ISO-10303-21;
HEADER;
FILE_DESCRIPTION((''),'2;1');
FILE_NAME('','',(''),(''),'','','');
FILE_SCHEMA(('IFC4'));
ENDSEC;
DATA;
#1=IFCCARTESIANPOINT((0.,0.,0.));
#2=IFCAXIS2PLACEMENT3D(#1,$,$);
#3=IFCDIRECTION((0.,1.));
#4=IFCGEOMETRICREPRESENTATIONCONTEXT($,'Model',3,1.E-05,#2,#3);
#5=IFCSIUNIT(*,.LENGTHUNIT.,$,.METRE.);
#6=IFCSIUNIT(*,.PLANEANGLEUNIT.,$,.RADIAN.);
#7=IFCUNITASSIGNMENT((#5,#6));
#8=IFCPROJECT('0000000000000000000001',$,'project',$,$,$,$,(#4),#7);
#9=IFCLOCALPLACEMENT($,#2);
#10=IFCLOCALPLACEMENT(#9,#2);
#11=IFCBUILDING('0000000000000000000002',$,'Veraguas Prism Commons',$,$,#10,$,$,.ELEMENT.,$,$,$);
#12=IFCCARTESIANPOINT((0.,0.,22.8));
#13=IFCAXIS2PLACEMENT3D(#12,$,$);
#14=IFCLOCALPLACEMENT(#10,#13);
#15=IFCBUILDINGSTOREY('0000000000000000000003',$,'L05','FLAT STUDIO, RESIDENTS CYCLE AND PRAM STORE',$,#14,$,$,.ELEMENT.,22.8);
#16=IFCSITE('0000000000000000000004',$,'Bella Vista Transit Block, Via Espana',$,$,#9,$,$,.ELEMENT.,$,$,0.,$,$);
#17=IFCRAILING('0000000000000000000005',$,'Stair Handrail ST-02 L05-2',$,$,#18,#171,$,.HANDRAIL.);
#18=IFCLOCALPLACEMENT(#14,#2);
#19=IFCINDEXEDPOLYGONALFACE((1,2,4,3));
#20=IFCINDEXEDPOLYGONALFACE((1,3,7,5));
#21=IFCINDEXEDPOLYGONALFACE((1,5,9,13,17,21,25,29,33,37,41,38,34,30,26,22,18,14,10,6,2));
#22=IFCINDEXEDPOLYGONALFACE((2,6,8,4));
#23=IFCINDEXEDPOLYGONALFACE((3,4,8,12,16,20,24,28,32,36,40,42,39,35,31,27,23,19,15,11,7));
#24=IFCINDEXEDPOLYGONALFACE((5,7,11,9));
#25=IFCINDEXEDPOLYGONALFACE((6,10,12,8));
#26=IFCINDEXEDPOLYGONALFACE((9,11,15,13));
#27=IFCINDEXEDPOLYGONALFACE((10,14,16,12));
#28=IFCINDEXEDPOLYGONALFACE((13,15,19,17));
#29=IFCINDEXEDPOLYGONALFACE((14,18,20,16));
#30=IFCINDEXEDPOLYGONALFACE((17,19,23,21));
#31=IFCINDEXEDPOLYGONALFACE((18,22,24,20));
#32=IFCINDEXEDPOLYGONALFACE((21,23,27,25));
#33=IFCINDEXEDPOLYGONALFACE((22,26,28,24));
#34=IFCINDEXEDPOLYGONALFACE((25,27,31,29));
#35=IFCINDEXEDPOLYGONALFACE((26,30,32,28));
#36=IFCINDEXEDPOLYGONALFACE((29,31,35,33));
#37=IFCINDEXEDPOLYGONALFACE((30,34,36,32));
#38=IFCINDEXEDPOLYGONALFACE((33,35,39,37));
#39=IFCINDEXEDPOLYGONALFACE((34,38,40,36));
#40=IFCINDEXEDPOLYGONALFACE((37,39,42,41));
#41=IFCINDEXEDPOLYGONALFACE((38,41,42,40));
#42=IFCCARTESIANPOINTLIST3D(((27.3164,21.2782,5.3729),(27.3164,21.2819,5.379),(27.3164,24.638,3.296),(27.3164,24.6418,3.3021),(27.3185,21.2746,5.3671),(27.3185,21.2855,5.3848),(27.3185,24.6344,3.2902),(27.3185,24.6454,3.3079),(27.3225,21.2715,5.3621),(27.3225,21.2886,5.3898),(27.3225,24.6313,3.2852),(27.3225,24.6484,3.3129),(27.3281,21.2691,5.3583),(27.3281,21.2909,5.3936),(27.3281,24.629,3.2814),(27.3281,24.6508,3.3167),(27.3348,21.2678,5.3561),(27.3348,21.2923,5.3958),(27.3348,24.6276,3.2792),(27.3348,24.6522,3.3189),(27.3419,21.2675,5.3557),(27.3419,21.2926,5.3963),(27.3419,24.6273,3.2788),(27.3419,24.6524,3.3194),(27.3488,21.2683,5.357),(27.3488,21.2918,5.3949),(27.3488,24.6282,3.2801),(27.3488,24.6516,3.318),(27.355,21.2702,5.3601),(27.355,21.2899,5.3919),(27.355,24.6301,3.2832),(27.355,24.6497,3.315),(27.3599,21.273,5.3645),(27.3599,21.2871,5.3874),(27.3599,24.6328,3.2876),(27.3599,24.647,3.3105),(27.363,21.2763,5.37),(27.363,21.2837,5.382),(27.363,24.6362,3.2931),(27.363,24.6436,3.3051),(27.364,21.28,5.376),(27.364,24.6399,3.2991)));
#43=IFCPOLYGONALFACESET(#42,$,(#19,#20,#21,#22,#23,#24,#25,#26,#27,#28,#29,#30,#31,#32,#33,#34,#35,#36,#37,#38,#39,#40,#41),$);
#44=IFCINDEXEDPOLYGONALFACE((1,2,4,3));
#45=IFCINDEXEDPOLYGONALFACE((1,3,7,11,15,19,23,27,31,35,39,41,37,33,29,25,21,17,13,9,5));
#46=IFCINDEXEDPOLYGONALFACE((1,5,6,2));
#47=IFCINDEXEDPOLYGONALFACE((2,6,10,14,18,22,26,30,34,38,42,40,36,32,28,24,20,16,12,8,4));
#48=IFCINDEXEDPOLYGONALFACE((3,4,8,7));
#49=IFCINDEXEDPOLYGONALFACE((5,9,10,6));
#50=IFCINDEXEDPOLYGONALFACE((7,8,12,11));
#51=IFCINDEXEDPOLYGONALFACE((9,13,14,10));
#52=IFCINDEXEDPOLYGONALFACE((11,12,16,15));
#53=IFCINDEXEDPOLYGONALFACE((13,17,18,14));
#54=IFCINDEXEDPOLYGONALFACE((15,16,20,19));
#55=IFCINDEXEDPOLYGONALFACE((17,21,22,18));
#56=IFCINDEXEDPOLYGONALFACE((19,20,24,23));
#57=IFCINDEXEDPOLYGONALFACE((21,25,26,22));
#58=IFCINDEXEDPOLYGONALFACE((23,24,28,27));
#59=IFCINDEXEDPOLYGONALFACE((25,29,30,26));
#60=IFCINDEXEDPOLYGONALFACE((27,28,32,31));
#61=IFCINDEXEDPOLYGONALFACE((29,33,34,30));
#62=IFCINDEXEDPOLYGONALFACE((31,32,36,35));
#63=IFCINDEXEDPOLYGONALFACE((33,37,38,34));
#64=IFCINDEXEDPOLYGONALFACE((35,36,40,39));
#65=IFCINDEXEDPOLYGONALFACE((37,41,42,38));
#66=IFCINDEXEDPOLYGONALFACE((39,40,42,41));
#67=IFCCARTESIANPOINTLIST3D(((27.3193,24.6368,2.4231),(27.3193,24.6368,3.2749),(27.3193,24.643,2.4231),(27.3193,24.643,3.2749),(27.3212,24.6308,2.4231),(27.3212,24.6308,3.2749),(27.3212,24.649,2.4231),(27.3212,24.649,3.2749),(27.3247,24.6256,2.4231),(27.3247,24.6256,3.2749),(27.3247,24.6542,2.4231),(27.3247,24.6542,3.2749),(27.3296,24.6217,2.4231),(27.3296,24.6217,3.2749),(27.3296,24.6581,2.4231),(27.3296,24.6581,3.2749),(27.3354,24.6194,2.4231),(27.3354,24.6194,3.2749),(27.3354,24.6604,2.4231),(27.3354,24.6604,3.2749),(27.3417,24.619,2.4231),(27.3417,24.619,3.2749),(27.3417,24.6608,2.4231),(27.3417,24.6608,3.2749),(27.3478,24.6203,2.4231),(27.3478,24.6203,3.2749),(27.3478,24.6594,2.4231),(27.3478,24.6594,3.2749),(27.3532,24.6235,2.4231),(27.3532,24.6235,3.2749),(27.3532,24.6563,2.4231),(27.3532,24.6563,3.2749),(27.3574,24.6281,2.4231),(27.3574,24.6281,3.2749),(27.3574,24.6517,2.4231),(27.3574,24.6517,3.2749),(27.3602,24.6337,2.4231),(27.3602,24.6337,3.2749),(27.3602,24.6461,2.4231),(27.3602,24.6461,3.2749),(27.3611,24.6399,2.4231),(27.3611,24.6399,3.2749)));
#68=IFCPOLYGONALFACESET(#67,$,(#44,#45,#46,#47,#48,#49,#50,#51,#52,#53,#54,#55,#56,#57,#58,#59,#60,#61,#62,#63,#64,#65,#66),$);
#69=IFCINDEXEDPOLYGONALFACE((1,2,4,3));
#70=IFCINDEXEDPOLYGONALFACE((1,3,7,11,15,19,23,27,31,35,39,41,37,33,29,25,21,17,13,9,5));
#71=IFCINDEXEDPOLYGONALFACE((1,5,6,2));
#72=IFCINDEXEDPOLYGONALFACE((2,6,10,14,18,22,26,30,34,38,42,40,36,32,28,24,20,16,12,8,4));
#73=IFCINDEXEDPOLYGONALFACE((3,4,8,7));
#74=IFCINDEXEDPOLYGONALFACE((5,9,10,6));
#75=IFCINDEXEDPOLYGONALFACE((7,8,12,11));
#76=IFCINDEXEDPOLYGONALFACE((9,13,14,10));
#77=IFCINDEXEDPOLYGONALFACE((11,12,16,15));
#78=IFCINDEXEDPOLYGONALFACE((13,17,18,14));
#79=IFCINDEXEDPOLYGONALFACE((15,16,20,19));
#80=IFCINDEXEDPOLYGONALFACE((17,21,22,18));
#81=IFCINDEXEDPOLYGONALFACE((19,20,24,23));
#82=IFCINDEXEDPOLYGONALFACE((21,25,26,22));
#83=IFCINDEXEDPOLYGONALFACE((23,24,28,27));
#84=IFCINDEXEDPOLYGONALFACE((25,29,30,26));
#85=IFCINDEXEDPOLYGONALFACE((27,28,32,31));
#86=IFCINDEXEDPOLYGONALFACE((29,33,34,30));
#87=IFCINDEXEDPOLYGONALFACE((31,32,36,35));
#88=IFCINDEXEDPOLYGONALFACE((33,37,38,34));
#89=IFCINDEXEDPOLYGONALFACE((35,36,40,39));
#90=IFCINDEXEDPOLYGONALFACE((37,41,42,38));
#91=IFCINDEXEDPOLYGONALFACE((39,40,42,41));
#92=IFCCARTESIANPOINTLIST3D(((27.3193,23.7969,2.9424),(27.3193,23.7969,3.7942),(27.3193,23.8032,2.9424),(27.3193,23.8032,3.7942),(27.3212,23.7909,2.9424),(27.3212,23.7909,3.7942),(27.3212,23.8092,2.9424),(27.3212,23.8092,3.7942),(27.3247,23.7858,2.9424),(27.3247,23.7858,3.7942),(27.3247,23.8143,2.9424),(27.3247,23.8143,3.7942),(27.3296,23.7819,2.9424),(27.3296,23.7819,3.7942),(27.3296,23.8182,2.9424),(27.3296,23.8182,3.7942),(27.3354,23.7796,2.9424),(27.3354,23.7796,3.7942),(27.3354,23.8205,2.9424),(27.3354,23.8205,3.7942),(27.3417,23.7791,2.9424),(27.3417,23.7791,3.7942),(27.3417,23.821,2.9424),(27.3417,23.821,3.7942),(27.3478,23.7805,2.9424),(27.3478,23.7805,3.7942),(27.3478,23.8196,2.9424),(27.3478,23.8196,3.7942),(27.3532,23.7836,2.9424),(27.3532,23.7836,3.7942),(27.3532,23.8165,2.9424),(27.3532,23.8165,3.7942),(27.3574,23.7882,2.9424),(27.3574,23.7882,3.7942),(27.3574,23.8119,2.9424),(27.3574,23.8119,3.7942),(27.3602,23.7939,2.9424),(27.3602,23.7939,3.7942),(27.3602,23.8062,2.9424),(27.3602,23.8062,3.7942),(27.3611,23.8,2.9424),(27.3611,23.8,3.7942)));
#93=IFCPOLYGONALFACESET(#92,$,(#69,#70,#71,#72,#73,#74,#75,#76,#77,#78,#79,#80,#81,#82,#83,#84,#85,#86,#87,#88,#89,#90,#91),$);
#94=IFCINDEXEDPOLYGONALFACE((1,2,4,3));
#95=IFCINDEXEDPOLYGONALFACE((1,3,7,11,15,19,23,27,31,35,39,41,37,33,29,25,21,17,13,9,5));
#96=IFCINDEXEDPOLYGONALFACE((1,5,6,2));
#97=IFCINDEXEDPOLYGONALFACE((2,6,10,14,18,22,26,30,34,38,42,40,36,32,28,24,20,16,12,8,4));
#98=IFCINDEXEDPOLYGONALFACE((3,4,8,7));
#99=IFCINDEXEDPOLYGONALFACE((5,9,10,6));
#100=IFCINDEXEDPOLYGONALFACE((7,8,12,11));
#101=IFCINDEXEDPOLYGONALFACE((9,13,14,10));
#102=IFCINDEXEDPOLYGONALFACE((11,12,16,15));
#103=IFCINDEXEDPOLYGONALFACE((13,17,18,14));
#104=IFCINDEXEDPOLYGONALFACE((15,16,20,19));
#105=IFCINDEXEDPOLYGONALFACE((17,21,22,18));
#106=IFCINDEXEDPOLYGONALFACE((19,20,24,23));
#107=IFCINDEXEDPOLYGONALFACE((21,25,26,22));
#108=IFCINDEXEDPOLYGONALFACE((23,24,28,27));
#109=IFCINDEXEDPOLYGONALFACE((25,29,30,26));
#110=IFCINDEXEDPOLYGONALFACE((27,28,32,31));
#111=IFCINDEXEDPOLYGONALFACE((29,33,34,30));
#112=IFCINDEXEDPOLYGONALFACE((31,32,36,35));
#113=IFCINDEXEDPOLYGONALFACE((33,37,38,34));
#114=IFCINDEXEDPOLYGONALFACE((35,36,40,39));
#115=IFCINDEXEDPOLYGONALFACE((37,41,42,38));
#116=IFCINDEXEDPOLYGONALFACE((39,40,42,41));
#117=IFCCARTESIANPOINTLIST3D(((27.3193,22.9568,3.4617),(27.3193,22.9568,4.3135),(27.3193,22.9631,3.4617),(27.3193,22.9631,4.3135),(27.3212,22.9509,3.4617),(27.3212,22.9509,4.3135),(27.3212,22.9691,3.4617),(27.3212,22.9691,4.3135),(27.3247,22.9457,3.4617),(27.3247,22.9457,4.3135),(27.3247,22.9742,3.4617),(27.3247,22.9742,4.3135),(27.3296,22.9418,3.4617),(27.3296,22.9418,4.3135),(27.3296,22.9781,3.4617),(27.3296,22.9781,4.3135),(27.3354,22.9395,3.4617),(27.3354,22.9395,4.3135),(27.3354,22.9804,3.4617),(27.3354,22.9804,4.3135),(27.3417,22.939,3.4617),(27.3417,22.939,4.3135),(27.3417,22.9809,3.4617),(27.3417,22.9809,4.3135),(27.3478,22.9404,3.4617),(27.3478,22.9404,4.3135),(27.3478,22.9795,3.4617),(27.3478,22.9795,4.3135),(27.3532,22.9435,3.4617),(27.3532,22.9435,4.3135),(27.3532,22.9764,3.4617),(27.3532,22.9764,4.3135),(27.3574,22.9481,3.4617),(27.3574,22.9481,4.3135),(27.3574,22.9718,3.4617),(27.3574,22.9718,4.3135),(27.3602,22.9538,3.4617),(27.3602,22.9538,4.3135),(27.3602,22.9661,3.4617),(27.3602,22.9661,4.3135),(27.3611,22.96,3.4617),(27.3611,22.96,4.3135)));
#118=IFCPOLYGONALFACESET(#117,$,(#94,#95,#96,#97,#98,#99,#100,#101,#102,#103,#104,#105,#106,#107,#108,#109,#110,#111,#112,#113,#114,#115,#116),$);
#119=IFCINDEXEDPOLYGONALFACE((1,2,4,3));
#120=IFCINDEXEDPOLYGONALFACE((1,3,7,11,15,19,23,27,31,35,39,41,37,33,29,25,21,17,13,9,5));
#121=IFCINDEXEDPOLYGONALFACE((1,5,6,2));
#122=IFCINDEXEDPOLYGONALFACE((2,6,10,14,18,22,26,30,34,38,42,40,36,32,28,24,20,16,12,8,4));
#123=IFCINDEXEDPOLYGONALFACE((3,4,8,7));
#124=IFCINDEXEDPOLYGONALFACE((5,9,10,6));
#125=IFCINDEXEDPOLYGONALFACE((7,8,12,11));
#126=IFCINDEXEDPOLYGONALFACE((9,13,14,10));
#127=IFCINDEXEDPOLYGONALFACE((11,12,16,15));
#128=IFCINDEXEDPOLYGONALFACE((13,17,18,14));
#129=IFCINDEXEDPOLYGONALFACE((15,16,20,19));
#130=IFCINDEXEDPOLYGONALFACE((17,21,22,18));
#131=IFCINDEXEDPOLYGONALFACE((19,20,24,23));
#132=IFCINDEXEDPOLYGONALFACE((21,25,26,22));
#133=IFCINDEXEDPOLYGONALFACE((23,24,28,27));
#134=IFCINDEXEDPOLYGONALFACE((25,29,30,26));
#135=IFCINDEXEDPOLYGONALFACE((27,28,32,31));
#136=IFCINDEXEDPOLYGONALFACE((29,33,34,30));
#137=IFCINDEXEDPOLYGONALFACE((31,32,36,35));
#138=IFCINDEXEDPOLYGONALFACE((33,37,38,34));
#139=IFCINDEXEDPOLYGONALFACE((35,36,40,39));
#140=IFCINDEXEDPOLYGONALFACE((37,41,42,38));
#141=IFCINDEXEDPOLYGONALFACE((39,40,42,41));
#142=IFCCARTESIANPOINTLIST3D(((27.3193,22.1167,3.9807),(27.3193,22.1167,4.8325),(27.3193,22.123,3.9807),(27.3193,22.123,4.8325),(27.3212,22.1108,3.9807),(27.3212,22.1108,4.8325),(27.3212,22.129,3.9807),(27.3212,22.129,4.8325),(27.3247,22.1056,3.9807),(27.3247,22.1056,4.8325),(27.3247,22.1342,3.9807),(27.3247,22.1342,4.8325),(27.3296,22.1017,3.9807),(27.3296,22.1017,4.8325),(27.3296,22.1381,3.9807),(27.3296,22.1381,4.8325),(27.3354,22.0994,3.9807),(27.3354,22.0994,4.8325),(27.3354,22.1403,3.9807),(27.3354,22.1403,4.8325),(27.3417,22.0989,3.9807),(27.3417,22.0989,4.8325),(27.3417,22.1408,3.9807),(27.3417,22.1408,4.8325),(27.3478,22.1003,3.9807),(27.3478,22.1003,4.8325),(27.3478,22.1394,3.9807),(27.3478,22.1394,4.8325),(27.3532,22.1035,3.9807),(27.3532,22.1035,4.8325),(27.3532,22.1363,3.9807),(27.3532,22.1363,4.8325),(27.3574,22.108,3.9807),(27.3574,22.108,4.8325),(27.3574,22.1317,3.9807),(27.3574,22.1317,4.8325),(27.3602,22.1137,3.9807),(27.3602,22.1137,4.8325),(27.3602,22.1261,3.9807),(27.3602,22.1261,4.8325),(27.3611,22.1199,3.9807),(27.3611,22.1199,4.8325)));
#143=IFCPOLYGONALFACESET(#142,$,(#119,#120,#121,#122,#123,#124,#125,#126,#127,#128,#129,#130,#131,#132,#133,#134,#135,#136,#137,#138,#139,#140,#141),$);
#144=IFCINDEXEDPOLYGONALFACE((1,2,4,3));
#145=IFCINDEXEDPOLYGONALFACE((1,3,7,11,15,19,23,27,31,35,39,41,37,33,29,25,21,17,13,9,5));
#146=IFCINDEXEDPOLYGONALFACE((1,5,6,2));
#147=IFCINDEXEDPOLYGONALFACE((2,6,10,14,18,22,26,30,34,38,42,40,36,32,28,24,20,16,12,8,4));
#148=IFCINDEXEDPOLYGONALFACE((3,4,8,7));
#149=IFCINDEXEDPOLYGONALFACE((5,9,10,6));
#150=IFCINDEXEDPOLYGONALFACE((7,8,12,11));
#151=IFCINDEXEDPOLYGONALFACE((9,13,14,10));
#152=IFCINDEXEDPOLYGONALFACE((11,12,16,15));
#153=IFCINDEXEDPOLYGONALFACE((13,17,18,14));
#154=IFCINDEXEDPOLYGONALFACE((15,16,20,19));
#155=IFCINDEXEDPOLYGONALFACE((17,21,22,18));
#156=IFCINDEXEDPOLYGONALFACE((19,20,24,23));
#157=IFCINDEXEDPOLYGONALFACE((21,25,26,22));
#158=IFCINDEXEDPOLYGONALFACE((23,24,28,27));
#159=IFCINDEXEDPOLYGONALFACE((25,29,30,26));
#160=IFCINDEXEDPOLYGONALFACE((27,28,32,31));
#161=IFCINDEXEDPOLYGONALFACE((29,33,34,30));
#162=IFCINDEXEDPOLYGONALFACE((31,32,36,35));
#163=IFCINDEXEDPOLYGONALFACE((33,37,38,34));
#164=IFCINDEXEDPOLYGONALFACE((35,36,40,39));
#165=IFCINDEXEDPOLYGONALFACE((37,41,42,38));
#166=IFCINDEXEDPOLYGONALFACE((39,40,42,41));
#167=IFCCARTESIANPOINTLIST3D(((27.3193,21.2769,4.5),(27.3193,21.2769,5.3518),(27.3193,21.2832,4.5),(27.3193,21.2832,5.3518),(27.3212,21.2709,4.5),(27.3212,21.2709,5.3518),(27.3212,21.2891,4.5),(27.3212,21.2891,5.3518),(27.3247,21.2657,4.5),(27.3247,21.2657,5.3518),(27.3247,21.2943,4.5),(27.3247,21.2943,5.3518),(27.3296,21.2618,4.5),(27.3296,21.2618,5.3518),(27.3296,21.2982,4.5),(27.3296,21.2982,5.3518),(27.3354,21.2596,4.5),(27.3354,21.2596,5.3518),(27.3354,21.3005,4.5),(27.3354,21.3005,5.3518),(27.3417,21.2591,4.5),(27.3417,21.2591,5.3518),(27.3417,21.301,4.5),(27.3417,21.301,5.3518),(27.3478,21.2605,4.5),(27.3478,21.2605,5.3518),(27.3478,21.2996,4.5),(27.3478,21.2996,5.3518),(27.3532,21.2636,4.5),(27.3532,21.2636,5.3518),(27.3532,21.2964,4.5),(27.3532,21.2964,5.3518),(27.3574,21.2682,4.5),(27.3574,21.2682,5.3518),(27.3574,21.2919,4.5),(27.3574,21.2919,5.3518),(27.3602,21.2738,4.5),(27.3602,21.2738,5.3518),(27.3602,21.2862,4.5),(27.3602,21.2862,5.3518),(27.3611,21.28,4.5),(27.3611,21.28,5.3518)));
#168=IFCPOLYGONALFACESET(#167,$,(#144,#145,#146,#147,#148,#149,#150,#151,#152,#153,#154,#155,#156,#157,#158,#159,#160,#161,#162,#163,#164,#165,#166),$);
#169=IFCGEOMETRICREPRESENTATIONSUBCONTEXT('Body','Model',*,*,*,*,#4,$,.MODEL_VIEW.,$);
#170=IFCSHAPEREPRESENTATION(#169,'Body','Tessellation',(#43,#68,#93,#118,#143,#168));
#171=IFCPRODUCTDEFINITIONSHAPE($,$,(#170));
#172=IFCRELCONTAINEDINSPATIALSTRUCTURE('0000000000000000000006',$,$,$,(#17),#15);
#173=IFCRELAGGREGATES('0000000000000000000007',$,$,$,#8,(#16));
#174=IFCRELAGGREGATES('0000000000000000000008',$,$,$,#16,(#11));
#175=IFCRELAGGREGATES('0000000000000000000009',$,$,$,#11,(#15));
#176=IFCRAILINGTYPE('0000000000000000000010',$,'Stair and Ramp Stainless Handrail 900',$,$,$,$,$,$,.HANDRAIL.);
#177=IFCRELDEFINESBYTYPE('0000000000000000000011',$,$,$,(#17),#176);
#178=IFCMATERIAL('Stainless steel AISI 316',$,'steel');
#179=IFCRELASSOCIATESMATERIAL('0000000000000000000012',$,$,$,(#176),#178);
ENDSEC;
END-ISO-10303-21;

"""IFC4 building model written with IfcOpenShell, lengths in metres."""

from ifc_helpers import new_model, si_unit, direction, frame, origin, origin_2d, place, context, subcontext, project, spatial, circle, extrude, material, type_object, element, save


model = new_model("IFC4")

# Units and contexts
model_context = context("Model", 3, precision=1e-05, world=origin(), true_north=direction((0.0, 1.0)))
body_context = subcontext(model_context, "Body", "Model", "MODEL_VIEW")
ifc_project = project(units=[si_unit("LENGTHUNIT", "METRE"), si_unit("PLANEANGLEUNIT", "RADIAN")], contexts=[model_context])

# Site, building, storey
site_placement = place(None, origin())
site = spatial("IfcSite", under=ifc_project, at=site_placement, Name="Bella Vista Transit Block, Via Espana", CompositionType="ELEMENT", RefElevation=0.0)
building_placement = place(site_placement, origin())
building = spatial("IfcBuilding", under=site, at=building_placement, Name="Veraguas Prism Commons", CompositionType="ELEMENT")
storey_placement = place(building_placement, frame((0.0, 0.0, 22.8)))
storey = spatial("IfcBuildingStorey", under=building, at=storey_placement, Name="L05", Description="FLAT STUDIO, RESIDENTS CYCLE AND PRAM STORE", CompositionType="ELEMENT", Elevation=22.8)

# Shared definitions
ifc_material_1 = material(Name="Stainless steel AISI 316", Category="steel")

# Railing
railing_type_1 = type_object("IfcRailingType", Name="Stair and Ramp Stainless Handrail 900", PredefinedType="HANDRAIL", material=ifc_material_1)
railing_1_placement = place(storey_placement, frame((27.3401, 24.6399, 2.4231)))
element("IfcRailing", 1, at=railing_1_placement, inside=storey, type_object=railing_type_1, Name="Stair Handrail ST-02 L05-2", PredefinedType="HANDRAIL", context=body_context, shape_type="SweptSolid", body=[
    extrude(circle(Radius=0.0239, at=origin_2d()), frame((0.0, 0.0, 0.876), z_axis=(0.0, -0.850606, 0.525803), x_axis=(1.0, 0.0, 0.0)), (0.0, 0.0, 1.0), 3.95),
    extrude(circle(Radius=0.021, at=origin_2d()), origin(), (0.0, 0.0, 1.0), 0.8518),
    extrude(circle(Radius=0.021, at=origin_2d()), frame((0.0, -0.8398, 0.5193)), (0.0, 0.0, 1.0), 0.8518),
    extrude(circle(Radius=0.021, at=origin_2d()), frame((0.0, -1.6799, 1.0386)), (0.0, 0.0, 1.0), 0.8518),
    extrude(circle(Radius=0.021, at=origin_2d()), frame((0.0, -2.52, 1.5576)), (0.0, 0.0, 1.0), 0.8518),
    extrude(circle(Radius=0.021, at=origin_2d()), frame((0.0, -3.3599, 2.0769)), (0.0, 0.0, 1.0), 0.8518),
])

save(model, "model.ifc")
